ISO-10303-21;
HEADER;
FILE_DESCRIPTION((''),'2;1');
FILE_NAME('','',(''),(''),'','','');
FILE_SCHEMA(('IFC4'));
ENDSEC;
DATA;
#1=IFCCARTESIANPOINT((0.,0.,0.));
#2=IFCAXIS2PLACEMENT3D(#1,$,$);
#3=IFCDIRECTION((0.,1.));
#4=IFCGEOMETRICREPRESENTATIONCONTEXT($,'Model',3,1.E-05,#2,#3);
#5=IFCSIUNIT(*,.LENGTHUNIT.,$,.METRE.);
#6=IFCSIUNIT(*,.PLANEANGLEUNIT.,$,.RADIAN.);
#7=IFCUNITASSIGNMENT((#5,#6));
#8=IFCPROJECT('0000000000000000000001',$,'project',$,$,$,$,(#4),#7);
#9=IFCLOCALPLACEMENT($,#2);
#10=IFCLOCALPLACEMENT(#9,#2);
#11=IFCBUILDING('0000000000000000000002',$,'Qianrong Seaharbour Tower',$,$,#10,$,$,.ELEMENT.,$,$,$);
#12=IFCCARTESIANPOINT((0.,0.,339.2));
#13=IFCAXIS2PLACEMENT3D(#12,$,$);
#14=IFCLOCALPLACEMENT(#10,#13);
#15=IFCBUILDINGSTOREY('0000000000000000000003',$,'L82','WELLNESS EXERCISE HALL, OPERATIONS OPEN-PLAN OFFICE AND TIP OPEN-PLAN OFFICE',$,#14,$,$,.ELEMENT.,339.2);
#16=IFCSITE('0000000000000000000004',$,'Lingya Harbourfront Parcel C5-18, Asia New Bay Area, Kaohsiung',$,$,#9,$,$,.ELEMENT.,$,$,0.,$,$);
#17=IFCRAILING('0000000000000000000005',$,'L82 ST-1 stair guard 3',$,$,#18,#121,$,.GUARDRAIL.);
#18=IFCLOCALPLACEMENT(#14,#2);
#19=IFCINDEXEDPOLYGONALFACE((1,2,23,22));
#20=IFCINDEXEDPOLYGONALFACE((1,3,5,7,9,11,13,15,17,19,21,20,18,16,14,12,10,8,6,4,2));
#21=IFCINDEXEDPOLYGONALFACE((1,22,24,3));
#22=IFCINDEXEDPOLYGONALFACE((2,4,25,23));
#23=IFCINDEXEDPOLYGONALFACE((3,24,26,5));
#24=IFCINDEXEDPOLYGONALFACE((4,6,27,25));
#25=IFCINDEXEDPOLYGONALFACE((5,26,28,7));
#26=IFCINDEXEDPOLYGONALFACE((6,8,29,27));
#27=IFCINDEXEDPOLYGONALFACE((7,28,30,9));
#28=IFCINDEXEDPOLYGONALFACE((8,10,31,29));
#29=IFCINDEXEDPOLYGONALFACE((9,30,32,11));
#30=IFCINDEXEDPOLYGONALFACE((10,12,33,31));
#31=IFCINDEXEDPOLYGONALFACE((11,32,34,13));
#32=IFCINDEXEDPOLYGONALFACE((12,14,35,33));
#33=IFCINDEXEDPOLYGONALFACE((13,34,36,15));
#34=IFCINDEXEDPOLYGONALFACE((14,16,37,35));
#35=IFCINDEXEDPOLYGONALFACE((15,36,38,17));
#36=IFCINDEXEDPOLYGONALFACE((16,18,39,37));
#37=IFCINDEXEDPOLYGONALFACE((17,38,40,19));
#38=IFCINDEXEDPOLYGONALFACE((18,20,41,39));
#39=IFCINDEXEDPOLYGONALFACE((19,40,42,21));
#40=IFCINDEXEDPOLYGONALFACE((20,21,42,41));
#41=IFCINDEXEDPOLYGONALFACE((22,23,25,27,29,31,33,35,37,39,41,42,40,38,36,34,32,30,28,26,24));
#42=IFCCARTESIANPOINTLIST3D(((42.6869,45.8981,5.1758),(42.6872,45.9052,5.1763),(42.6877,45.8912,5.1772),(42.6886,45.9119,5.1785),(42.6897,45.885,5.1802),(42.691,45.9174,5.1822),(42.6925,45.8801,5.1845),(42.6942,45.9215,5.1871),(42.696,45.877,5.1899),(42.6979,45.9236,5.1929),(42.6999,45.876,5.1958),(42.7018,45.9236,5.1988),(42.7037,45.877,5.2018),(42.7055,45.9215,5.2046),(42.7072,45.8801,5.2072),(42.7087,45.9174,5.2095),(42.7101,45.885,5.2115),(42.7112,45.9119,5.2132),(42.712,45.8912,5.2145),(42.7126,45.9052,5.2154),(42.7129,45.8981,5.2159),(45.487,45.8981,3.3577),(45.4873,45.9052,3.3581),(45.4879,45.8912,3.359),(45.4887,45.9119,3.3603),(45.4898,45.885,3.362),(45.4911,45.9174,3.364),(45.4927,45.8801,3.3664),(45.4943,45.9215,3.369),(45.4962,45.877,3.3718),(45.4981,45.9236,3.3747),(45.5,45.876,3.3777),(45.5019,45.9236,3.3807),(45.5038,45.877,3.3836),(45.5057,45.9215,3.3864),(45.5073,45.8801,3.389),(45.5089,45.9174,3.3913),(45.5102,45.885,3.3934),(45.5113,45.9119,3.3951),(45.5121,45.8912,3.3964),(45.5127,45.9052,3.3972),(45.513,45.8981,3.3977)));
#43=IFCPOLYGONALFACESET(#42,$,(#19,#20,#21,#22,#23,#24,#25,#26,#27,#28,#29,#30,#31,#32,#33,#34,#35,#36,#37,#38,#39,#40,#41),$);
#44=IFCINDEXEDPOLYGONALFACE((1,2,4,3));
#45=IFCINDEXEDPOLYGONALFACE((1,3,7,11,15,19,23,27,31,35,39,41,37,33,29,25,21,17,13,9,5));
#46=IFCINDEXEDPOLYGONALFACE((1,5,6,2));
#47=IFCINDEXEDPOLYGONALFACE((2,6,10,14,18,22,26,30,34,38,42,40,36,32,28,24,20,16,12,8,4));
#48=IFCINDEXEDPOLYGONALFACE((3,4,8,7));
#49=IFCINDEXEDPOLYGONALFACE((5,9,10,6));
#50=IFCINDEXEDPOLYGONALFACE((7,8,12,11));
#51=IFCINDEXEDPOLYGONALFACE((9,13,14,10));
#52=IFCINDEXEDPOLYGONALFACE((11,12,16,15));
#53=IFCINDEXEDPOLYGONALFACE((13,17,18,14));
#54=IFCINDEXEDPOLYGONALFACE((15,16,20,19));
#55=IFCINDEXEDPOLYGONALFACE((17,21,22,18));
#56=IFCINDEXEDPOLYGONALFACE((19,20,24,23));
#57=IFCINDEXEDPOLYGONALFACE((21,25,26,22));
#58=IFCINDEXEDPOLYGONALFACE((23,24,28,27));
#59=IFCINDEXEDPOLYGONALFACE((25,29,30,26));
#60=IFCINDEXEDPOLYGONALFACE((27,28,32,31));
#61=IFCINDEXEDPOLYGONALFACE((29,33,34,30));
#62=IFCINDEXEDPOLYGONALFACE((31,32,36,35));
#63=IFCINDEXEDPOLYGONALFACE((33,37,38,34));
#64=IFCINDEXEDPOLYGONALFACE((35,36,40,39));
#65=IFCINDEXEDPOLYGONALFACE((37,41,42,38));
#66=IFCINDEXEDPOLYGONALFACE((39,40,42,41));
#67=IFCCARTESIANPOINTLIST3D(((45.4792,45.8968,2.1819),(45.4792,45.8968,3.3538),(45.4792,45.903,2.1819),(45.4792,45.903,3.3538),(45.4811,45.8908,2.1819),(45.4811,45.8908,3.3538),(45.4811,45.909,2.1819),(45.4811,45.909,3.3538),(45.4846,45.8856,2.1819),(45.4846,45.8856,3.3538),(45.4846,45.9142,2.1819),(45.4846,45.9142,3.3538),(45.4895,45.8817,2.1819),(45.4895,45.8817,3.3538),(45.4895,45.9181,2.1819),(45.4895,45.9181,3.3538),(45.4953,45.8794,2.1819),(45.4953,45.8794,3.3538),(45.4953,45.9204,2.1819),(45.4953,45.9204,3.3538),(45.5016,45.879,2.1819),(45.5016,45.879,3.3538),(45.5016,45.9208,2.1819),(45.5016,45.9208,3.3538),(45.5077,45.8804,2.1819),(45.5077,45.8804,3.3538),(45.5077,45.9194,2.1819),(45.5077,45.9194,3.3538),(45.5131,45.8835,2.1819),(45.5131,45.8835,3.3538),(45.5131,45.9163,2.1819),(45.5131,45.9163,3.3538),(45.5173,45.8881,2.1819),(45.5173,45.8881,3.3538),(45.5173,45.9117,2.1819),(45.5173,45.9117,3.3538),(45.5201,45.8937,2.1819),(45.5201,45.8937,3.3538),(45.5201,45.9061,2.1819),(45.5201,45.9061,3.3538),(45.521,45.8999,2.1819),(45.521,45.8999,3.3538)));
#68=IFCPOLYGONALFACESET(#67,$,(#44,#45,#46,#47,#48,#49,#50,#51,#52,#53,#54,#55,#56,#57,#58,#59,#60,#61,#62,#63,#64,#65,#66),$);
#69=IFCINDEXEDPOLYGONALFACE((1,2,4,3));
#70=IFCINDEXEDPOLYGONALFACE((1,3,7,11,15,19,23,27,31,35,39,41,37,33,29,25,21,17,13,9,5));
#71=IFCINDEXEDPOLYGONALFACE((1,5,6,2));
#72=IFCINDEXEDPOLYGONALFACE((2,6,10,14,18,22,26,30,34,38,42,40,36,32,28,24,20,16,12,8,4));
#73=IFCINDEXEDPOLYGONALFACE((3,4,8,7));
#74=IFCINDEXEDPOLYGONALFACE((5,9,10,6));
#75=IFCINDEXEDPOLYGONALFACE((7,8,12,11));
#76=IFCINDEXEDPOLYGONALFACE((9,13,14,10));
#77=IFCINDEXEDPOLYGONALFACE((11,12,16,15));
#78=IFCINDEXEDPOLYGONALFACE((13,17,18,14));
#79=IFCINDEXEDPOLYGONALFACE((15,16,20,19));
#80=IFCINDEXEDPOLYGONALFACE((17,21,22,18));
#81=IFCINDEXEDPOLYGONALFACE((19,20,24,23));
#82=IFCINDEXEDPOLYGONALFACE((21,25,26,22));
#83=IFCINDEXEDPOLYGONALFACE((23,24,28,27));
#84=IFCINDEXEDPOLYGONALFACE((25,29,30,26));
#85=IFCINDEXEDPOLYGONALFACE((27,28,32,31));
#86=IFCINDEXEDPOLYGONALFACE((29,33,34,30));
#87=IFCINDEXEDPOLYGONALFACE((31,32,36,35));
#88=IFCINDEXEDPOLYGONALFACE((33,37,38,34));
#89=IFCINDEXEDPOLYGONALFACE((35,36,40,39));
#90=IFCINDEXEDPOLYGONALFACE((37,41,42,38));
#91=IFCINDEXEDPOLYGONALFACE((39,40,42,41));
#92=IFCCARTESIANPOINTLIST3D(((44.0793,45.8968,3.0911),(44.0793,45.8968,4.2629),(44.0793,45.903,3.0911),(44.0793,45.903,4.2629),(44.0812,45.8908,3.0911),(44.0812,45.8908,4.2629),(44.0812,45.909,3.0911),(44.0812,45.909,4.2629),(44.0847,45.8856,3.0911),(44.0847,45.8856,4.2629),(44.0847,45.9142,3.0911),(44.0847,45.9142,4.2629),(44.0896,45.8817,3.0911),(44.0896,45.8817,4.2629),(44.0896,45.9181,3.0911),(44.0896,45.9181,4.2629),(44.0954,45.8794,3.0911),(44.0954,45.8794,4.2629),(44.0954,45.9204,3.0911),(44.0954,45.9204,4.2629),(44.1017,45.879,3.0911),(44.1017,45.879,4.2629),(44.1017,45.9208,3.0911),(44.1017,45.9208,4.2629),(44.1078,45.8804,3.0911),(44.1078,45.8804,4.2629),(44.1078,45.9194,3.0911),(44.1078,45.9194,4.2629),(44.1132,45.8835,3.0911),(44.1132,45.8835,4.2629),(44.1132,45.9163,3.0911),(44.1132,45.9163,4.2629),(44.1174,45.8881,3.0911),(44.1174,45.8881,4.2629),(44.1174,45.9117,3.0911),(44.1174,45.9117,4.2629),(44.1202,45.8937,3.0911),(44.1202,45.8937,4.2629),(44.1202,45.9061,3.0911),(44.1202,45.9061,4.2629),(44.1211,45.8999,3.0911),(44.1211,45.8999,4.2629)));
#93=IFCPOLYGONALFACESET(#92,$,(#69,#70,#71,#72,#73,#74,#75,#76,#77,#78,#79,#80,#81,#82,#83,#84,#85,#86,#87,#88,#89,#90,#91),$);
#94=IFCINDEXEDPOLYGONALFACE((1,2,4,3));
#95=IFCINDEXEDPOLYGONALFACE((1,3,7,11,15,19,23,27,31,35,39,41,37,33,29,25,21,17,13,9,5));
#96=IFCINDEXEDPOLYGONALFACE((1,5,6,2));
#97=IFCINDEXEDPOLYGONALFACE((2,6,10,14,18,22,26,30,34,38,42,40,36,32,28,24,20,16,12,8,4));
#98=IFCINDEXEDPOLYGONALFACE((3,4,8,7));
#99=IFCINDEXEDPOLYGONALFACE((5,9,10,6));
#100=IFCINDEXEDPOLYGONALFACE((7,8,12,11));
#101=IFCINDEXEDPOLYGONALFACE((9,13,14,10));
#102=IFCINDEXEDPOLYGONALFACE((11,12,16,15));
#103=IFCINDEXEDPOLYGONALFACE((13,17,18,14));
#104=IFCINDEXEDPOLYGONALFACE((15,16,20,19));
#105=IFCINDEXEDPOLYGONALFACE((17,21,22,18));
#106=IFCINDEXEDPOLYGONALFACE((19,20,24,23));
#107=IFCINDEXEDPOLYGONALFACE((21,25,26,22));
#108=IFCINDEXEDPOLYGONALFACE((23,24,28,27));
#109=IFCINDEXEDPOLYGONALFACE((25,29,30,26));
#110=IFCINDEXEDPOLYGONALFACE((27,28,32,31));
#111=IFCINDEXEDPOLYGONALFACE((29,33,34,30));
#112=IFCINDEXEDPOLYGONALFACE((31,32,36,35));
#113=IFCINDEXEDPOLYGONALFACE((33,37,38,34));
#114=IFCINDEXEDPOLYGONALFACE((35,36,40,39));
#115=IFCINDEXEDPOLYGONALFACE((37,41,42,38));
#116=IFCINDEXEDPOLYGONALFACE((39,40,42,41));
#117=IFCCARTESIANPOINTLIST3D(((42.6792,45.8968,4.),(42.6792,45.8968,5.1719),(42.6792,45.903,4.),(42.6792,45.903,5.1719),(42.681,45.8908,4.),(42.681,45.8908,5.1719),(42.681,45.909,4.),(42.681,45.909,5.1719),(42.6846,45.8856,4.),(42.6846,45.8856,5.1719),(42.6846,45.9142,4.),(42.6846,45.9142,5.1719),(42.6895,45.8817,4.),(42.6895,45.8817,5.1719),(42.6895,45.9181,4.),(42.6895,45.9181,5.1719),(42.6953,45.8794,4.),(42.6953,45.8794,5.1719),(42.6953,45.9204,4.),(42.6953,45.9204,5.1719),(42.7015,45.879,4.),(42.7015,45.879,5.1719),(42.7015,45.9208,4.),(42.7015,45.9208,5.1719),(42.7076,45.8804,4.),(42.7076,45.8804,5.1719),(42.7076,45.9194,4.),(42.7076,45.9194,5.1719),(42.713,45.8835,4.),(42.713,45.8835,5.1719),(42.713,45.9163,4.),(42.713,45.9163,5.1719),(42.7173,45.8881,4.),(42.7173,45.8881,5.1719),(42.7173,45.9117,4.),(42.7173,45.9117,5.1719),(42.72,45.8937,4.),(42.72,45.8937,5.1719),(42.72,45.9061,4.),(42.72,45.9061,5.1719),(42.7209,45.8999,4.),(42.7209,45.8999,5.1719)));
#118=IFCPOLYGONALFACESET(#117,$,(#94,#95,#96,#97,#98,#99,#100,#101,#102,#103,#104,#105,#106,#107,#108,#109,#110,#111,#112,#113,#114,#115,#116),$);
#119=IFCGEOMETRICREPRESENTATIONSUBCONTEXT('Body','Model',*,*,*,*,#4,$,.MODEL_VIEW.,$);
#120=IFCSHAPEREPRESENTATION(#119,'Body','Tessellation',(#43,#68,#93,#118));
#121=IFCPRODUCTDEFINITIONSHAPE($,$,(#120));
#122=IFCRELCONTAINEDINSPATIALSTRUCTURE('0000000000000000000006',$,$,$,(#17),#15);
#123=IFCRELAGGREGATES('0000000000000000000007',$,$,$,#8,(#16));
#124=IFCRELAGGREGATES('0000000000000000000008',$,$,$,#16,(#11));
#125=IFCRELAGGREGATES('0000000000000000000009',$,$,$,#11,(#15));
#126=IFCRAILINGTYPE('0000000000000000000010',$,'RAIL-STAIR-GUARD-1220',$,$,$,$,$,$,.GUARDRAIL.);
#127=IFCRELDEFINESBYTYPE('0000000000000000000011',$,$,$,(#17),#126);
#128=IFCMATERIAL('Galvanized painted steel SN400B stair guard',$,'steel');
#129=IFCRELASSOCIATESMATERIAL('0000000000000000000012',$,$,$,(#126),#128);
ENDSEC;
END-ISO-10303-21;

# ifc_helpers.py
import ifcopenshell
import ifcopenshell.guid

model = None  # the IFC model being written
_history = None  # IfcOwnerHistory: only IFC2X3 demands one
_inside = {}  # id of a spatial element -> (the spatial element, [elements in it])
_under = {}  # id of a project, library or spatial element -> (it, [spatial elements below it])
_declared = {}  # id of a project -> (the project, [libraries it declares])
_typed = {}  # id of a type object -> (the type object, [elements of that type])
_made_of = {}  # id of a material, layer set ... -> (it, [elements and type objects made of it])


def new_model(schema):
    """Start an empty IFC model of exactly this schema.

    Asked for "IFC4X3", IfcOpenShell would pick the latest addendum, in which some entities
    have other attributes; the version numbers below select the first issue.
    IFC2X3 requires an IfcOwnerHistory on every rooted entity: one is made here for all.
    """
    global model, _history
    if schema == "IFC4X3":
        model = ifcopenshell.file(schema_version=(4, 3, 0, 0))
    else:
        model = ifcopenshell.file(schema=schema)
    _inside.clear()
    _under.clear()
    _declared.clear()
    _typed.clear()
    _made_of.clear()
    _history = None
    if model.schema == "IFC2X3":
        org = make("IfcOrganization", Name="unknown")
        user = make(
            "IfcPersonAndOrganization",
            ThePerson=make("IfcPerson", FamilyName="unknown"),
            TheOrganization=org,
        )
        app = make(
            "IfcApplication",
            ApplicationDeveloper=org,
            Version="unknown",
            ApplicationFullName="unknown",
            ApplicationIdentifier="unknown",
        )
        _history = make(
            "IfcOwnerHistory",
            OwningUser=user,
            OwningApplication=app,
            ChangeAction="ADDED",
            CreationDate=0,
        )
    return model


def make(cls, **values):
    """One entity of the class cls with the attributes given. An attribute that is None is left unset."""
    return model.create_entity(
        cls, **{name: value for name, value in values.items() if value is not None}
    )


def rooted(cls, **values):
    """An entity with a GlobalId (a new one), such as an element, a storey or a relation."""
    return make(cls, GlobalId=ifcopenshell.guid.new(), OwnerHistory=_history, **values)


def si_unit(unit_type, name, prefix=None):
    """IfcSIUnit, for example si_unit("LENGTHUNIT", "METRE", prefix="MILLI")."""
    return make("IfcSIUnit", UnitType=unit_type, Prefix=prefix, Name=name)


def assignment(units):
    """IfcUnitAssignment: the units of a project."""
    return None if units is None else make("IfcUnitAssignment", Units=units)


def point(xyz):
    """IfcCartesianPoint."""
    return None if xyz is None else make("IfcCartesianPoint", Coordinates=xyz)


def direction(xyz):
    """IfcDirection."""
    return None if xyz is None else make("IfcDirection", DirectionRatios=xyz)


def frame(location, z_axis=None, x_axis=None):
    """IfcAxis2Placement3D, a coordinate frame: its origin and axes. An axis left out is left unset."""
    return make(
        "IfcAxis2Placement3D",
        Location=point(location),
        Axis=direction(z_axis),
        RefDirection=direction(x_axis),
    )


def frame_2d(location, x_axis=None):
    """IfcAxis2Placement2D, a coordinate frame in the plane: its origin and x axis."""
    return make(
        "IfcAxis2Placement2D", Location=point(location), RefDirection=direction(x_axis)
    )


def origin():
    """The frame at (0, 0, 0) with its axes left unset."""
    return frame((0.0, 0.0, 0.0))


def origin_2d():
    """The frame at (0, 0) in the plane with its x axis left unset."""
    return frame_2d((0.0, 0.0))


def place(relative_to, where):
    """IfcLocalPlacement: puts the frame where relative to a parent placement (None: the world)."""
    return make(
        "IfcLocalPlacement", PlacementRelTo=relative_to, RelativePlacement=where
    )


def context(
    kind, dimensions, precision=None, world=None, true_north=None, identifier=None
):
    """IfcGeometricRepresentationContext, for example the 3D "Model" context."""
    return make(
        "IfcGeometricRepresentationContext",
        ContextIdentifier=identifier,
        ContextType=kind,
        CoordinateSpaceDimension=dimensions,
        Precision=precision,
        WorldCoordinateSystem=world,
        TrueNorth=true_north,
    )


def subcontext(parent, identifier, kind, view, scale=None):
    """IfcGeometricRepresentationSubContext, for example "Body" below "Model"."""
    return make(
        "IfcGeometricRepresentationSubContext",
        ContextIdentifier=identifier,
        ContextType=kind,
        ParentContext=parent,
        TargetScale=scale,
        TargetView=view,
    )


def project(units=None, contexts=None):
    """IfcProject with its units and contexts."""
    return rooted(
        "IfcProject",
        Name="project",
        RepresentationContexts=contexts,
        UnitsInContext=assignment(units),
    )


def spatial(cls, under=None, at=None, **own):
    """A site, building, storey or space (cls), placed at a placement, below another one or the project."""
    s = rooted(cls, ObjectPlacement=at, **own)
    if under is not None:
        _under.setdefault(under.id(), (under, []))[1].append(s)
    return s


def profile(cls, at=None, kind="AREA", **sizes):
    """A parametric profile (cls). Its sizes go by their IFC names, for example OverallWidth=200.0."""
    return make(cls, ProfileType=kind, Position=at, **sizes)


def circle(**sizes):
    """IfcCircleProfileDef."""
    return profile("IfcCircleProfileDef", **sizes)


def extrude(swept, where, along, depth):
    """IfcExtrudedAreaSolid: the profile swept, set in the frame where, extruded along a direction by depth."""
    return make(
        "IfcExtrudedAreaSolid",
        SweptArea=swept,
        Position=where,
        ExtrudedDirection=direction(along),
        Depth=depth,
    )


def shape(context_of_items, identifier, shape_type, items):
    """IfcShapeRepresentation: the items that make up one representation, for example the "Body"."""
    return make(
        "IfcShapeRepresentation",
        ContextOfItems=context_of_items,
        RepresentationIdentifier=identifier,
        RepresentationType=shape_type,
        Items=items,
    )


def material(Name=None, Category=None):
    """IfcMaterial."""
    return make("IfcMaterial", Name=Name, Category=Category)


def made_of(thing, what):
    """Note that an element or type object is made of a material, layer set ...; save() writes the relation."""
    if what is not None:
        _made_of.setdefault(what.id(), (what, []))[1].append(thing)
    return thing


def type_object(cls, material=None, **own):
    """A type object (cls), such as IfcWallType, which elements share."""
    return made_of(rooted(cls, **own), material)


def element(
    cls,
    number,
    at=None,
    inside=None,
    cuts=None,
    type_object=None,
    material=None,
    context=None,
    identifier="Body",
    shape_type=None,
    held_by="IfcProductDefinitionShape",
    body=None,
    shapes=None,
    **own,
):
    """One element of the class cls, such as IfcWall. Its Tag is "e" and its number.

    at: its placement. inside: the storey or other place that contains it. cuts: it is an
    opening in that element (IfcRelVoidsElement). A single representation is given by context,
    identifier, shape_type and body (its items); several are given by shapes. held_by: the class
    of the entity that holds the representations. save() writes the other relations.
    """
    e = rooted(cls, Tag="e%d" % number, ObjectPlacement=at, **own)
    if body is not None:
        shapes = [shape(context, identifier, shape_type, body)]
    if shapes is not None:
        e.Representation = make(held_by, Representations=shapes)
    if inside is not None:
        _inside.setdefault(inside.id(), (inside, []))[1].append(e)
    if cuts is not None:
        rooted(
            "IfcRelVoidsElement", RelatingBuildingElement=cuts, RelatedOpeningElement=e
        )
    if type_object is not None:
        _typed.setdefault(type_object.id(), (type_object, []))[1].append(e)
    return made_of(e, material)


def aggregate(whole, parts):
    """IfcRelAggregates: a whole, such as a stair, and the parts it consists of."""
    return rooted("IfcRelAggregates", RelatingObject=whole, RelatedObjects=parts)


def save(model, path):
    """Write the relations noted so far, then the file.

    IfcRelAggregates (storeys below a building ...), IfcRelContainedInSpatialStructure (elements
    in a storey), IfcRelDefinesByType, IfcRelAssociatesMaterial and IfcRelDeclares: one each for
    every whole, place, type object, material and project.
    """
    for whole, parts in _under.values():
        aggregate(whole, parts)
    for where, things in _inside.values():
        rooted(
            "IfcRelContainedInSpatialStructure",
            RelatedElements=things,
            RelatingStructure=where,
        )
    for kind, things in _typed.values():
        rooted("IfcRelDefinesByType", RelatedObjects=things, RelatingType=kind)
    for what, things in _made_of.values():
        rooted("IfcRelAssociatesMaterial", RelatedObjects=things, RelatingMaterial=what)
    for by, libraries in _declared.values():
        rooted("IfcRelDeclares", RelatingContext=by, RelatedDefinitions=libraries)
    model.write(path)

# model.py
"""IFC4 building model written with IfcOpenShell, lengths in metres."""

from ifc_helpers import new_model, si_unit, direction, frame, origin, origin_2d, place, context, subcontext, project, spatial, circle, extrude, material, type_object, element, save


model = new_model("IFC4")

# Units and contexts
model_context = context("Model", 3, precision=1e-05, world=origin(), true_north=direction((0.0, 1.0)))
body_context = subcontext(model_context, "Body", "Model", "MODEL_VIEW")
ifc_project = project(units=[si_unit("LENGTHUNIT", "METRE"), si_unit("PLANEANGLEUNIT", "RADIAN")], contexts=[model_context])

# Site, building, storey
site_placement = place(None, origin())
site = spatial("IfcSite", under=ifc_project, at=site_placement, Name="Lingya Harbourfront Parcel C5-18, Asia New Bay Area, Kaohsiung", CompositionType="ELEMENT", RefElevation=0.0)
building_placement = place(site_placement, origin())
building = spatial("IfcBuilding", under=site, at=building_placement, Name="Qianrong Seaharbour Tower", CompositionType="ELEMENT")
storey_placement = place(building_placement, frame((0.0, 0.0, 339.2)))
storey = spatial("IfcBuildingStorey", under=building, at=storey_placement, Name="L82", Description="WELLNESS EXERCISE HALL, OPERATIONS OPEN-PLAN OFFICE AND TIP OPEN-PLAN OFFICE", CompositionType="ELEMENT", Elevation=339.2)

# Railing
ifc_material_1 = material(Name="Galvanized painted steel SN400B stair guard", Category="steel")
railing_type_1 = type_object("IfcRailingType", Name="RAIL-STAIR-GUARD-1220", PredefinedType="GUARDRAIL", material=ifc_material_1)
railing_1_placement = place(storey_placement, frame((45.5, 45.8999, 2.1819)))
element("IfcRailing", 1, at=railing_1_placement, inside=storey, type_object=railing_type_1, Name="L82 ST-1 stair guard 3", PredefinedType="GUARDRAIL", context=body_context, shape_type="SweptSolid", body=[
    extrude(circle(Radius=0.0239, at=origin_2d()), frame((0.0, 0.0, 1.1958), z_axis=(-0.838706, 0.0, 0.544585), x_axis=(0.0, -1.0, 0.0)), (0.0, 0.0, 1.0), 3.3386),
    extrude(circle(Radius=0.021, at=origin_2d()), origin(), (0.0, 0.0, 1.0), 1.1719),
    extrude(circle(Radius=0.021, at=origin_2d()), frame((-1.3999, 0.0, 0.9092)), (0.0, 0.0, 1.0), 1.1719),
    extrude(circle(Radius=0.021, at=origin_2d()), frame((-2.8, 0.0, 1.8181)), (0.0, 0.0, 1.0), 1.1719),
])

save(model, "model.ifc")
